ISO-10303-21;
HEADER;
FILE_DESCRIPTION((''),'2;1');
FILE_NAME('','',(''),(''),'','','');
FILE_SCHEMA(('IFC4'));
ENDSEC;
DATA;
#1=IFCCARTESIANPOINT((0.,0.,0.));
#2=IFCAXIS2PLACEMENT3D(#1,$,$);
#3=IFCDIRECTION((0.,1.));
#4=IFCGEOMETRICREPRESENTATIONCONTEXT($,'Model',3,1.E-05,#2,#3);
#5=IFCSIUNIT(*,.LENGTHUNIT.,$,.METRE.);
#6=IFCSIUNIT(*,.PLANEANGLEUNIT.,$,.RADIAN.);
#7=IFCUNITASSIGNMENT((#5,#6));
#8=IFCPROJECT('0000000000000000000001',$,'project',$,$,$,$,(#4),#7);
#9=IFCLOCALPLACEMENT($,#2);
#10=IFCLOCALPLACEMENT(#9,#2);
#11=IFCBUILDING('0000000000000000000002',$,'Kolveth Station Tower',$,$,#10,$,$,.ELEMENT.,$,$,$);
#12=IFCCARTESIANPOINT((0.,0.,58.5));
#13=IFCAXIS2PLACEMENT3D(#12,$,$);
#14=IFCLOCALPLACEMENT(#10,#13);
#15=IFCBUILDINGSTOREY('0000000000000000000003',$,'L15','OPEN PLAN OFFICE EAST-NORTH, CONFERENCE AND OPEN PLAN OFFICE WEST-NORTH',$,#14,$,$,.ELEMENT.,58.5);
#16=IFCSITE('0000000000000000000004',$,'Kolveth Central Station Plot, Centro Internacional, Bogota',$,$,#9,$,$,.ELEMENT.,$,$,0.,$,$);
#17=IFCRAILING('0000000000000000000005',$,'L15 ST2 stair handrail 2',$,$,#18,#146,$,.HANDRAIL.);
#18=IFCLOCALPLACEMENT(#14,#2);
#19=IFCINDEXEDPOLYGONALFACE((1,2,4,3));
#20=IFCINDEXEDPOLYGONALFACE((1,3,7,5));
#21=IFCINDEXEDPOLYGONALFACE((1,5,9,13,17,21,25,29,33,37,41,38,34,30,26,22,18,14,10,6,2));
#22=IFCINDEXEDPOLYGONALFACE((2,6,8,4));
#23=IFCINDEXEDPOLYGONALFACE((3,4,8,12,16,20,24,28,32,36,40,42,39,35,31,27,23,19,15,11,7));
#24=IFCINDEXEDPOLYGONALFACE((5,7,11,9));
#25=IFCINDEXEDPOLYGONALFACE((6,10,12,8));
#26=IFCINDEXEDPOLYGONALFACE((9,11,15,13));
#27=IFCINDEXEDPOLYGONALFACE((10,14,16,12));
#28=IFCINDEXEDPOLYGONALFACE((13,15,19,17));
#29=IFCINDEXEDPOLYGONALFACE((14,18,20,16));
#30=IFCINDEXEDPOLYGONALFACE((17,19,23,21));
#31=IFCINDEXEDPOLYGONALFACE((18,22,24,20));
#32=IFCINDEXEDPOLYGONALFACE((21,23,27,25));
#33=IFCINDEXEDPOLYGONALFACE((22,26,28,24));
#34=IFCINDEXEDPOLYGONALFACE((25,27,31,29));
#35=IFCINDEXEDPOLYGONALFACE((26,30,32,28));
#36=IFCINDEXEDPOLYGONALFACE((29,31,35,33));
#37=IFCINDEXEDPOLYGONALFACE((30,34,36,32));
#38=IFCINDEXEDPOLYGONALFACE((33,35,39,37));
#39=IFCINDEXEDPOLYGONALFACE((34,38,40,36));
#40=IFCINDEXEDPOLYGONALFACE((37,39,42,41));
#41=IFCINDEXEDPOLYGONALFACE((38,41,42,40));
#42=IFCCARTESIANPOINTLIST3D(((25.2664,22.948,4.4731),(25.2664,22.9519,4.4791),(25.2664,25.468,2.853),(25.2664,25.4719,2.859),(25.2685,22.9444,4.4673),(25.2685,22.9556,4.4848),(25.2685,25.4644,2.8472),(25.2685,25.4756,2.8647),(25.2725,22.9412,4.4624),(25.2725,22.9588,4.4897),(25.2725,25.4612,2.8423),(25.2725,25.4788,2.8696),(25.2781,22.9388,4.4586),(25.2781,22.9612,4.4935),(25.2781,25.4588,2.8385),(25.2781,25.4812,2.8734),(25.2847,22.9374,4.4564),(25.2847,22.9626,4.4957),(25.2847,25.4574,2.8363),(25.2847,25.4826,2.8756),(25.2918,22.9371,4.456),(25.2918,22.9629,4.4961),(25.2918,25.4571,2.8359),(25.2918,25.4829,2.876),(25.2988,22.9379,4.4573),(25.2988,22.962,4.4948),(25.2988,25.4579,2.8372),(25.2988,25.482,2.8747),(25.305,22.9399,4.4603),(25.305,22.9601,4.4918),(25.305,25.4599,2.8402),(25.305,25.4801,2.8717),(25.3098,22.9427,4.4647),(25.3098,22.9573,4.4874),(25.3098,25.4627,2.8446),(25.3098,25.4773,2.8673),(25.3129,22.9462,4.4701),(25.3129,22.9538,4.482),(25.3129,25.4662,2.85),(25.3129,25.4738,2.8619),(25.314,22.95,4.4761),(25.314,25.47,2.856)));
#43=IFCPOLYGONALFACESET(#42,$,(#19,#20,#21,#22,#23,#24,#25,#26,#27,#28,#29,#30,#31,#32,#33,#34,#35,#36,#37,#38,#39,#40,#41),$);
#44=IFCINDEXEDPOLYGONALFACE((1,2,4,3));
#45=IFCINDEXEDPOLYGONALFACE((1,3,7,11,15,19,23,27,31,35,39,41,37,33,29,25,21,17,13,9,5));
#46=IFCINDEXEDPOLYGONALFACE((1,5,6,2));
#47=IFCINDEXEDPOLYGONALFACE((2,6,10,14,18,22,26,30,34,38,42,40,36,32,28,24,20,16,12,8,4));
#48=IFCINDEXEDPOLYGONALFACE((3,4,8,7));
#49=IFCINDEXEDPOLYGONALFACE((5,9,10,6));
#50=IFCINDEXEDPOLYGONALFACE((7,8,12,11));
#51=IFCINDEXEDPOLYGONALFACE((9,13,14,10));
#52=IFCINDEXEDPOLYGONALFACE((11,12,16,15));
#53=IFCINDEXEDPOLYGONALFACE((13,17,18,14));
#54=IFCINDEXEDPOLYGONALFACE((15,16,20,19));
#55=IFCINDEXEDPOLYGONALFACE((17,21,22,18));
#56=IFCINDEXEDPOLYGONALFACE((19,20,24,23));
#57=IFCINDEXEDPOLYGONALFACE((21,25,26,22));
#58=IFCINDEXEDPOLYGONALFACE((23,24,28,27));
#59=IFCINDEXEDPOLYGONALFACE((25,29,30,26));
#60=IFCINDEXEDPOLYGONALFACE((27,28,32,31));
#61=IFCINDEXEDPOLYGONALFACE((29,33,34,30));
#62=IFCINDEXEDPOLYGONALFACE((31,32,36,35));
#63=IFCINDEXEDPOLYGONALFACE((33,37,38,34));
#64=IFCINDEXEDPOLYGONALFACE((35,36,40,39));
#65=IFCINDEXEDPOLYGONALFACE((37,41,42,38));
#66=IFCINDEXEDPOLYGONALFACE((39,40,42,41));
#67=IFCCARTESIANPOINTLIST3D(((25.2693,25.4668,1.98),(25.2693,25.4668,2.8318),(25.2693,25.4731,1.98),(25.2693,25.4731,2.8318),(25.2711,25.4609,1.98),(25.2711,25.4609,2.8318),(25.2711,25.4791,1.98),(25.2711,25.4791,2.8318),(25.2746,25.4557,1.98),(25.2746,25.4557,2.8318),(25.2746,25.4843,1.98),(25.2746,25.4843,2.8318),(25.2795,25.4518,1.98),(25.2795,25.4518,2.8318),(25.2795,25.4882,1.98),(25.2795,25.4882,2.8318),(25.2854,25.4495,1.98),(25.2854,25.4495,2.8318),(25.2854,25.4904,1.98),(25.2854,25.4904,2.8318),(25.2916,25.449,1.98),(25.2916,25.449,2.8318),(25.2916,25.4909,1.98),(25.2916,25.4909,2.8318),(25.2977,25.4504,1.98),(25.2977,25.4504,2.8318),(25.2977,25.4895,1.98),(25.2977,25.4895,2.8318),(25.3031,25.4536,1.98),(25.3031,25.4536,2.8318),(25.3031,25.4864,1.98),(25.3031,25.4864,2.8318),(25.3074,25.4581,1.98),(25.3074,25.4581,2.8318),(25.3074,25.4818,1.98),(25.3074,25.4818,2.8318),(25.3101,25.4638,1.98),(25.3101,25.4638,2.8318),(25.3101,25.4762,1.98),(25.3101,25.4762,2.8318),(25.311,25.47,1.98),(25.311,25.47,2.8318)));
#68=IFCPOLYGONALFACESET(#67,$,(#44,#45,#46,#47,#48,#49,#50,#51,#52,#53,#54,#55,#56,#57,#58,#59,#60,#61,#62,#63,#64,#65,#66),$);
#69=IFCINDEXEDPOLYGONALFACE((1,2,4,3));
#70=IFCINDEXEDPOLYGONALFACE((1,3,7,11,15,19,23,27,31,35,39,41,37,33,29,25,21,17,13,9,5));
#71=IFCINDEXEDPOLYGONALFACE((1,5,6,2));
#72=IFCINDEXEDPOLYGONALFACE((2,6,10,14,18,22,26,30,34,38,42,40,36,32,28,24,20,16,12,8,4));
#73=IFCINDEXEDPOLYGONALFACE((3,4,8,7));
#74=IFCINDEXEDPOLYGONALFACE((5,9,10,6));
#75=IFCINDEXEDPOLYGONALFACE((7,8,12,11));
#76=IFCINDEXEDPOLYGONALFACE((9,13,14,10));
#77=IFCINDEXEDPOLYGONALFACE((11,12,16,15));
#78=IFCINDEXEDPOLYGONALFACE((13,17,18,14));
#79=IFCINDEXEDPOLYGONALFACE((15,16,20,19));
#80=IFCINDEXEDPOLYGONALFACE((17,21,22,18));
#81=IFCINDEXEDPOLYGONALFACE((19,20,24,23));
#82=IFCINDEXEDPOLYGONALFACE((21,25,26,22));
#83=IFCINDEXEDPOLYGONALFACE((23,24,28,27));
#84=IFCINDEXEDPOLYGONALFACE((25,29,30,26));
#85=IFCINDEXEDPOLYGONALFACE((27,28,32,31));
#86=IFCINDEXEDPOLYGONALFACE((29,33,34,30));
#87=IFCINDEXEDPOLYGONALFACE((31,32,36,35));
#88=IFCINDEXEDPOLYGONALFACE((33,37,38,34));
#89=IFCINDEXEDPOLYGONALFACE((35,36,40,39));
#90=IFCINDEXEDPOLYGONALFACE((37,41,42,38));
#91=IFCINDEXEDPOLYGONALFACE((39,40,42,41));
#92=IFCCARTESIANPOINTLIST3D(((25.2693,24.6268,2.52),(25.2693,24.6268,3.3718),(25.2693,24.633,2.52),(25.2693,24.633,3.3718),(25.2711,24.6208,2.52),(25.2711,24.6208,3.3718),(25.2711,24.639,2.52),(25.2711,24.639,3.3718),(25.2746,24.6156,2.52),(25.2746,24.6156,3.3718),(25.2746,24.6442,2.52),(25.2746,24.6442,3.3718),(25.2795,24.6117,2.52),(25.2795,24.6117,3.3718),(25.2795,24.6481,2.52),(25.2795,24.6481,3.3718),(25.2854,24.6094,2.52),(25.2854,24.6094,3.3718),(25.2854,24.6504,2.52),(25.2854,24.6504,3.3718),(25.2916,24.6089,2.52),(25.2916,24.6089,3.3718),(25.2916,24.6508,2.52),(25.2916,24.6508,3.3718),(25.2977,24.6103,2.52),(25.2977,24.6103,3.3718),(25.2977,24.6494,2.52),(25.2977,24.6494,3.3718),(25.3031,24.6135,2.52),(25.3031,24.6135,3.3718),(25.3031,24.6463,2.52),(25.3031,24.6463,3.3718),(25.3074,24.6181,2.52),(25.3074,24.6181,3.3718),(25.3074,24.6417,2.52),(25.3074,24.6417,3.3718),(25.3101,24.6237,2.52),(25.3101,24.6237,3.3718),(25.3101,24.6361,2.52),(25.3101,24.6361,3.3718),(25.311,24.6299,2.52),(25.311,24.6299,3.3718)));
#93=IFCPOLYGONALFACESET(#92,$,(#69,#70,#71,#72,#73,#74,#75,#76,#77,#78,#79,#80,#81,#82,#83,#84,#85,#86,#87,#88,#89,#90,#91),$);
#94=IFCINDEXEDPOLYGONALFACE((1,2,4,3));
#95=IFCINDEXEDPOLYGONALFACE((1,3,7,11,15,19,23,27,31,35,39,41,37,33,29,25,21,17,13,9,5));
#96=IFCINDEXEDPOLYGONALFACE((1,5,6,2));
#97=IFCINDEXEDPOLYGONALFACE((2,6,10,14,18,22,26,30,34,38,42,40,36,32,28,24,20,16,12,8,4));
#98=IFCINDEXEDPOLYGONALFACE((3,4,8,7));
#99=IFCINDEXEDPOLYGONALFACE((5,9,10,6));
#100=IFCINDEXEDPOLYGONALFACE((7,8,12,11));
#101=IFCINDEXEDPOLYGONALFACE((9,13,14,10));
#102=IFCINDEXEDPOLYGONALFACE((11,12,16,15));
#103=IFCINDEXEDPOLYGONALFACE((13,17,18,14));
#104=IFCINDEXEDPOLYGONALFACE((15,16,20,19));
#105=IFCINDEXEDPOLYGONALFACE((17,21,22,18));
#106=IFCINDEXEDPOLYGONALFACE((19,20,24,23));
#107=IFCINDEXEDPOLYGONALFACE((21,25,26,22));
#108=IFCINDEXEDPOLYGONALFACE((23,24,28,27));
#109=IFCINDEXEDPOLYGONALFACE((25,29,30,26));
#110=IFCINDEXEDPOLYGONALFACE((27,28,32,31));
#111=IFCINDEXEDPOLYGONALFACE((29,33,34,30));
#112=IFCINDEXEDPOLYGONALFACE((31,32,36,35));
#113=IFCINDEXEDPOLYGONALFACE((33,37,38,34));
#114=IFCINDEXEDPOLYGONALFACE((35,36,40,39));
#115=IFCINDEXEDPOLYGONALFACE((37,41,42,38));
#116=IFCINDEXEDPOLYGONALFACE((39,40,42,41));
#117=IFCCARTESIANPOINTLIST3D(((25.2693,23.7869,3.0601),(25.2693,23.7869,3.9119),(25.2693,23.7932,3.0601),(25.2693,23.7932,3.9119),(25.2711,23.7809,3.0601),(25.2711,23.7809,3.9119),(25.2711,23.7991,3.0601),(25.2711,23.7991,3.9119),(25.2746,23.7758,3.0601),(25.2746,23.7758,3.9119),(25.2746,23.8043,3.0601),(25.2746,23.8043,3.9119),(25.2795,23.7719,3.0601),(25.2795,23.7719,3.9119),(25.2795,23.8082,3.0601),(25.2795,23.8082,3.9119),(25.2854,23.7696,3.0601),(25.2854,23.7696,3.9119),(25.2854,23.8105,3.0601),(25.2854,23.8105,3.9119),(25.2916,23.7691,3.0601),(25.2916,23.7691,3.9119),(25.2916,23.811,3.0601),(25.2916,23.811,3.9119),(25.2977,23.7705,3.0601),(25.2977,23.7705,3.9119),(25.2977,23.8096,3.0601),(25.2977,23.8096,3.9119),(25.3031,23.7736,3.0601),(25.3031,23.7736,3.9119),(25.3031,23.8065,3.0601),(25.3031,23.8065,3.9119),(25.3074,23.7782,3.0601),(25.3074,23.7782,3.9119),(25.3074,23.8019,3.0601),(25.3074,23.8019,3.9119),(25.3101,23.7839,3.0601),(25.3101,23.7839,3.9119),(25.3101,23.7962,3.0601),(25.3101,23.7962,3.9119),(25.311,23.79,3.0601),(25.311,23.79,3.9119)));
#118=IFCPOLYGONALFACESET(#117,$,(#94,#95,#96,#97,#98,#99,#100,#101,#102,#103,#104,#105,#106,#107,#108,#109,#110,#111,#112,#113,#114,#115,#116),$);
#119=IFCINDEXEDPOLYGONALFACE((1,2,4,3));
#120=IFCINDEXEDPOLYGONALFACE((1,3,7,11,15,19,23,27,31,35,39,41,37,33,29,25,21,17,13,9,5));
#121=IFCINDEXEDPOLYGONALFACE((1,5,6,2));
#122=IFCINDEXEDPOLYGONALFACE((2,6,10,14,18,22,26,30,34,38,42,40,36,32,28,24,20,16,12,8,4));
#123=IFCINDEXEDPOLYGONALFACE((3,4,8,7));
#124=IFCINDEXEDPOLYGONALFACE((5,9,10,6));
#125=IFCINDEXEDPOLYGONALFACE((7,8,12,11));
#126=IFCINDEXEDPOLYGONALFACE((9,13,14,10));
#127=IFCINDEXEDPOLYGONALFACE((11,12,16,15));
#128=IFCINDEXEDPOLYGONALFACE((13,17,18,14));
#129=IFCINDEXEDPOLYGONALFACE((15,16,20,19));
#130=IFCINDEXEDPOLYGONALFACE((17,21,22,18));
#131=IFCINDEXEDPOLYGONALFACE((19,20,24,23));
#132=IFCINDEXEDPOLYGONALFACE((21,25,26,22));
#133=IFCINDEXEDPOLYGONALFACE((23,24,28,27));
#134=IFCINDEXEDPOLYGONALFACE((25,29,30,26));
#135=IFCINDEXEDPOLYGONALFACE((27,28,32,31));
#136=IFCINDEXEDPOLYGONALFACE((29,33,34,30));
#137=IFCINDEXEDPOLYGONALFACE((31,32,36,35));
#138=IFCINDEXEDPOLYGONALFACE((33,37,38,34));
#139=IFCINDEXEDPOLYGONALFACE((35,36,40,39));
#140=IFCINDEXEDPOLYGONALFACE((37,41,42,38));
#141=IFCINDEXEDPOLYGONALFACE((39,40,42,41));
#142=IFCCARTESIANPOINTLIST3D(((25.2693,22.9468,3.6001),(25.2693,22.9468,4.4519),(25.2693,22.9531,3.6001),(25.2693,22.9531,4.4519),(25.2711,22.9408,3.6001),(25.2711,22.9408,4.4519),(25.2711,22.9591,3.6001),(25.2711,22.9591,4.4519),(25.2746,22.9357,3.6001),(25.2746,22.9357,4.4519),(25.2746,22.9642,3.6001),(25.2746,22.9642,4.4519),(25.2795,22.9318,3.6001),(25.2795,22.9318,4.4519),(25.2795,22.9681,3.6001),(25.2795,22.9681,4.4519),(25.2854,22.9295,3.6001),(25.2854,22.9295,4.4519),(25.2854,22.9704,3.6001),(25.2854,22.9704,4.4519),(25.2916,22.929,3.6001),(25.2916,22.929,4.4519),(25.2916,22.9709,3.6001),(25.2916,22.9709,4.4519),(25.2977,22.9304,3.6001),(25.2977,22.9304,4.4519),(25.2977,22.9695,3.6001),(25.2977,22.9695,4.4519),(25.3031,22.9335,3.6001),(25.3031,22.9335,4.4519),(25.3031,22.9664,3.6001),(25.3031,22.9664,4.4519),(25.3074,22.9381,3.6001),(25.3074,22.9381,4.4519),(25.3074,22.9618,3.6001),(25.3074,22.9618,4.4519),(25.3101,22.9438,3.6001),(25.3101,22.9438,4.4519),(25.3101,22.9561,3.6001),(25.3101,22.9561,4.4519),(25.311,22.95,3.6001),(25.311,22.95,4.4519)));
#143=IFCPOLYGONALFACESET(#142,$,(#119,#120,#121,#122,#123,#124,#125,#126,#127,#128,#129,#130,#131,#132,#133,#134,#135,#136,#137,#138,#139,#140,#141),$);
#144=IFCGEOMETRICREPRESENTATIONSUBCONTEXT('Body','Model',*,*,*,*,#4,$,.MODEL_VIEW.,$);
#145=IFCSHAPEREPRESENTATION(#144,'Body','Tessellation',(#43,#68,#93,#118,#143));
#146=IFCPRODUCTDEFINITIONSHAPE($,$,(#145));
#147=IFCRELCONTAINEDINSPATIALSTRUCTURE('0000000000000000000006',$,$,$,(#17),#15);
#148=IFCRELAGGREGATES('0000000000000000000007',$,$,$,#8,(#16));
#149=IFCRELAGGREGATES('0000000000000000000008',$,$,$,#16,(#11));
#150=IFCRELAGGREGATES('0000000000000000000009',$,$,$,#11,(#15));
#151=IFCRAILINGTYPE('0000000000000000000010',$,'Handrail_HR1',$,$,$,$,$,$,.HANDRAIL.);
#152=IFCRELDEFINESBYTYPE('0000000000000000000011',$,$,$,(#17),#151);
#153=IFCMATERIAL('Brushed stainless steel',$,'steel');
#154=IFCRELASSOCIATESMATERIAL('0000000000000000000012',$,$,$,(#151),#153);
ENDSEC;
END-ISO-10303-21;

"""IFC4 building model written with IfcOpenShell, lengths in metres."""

from ifc_helpers import new_model, si_unit, direction, frame, origin, origin_2d, place, context, subcontext, project, spatial, circle, extrude, material, type_object, element, save


model = new_model("IFC4")

# Units and contexts
model_context = context("Model", 3, precision=1e-05, world=origin(), true_north=direction((0.0, 1.0)))
body_context = subcontext(model_context, "Body", "Model", "MODEL_VIEW")
ifc_project = project(units=[si_unit("LENGTHUNIT", "METRE"), si_unit("PLANEANGLEUNIT", "RADIAN")], contexts=[model_context])

# Site, building, storey
site_placement = place(None, origin())
site = spatial("IfcSite", under=ifc_project, at=site_placement, Name="Kolveth Central Station Plot, Centro Internacional, Bogota", CompositionType="ELEMENT", RefElevation=0.0)
building_placement = place(site_placement, origin())
building = spatial("IfcBuilding", under=site, at=building_placement, Name="Kolveth Station Tower", CompositionType="ELEMENT")
storey_placement = place(building_placement, frame((0.0, 0.0, 58.5)))
storey = spatial("IfcBuildingStorey", under=building, at=storey_placement, Name="L15", Description="OPEN PLAN OFFICE EAST-NORTH, CONFERENCE AND OPEN PLAN OFFICE WEST-NORTH", CompositionType="ELEMENT", Elevation=58.5)

# Railing
ifc_material_1 = material(Name="Brushed stainless steel", Category="steel")
railing_type_1 = type_object("IfcRailingType", Name="Handrail_HR1", PredefinedType="HANDRAIL", material=ifc_material_1)
railing_1_placement = place(storey_placement, frame((25.29, 25.47, 1.98)))
element("IfcRailing", 1, at=railing_1_placement, inside=storey, type_object=railing_type_1, Name="L15 ST2 stair handrail 2", PredefinedType="HANDRAIL", context=body_context, shape_type="SweptSolid", body=[
    extrude(circle(Radius=0.0239, at=origin_2d()), frame((0.0, 0.0, 0.876), z_axis=(0.0, -0.841163, 0.540782), x_axis=(1.0, 0.0, 0.0)), (0.0, 0.0, 1.0), 2.9958),
    extrude(circle(Radius=0.021, at=origin_2d()), origin(), (0.0, 0.0, 1.0), 0.8518),
    extrude(circle(Radius=0.021, at=origin_2d()), frame((0.0, -0.8401, 0.54)), (0.0, 0.0, 1.0), 0.8518),
    extrude(circle(Radius=0.021, at=origin_2d()), frame((0.0, -1.6799, 1.0801)), (0.0, 0.0, 1.0), 0.8518),
    extrude(circle(Radius=0.021, at=origin_2d()), frame((0.0, -2.52, 1.6201)), (0.0, 0.0, 1.0), 0.8518),
])

save(model, "model.ifc")
